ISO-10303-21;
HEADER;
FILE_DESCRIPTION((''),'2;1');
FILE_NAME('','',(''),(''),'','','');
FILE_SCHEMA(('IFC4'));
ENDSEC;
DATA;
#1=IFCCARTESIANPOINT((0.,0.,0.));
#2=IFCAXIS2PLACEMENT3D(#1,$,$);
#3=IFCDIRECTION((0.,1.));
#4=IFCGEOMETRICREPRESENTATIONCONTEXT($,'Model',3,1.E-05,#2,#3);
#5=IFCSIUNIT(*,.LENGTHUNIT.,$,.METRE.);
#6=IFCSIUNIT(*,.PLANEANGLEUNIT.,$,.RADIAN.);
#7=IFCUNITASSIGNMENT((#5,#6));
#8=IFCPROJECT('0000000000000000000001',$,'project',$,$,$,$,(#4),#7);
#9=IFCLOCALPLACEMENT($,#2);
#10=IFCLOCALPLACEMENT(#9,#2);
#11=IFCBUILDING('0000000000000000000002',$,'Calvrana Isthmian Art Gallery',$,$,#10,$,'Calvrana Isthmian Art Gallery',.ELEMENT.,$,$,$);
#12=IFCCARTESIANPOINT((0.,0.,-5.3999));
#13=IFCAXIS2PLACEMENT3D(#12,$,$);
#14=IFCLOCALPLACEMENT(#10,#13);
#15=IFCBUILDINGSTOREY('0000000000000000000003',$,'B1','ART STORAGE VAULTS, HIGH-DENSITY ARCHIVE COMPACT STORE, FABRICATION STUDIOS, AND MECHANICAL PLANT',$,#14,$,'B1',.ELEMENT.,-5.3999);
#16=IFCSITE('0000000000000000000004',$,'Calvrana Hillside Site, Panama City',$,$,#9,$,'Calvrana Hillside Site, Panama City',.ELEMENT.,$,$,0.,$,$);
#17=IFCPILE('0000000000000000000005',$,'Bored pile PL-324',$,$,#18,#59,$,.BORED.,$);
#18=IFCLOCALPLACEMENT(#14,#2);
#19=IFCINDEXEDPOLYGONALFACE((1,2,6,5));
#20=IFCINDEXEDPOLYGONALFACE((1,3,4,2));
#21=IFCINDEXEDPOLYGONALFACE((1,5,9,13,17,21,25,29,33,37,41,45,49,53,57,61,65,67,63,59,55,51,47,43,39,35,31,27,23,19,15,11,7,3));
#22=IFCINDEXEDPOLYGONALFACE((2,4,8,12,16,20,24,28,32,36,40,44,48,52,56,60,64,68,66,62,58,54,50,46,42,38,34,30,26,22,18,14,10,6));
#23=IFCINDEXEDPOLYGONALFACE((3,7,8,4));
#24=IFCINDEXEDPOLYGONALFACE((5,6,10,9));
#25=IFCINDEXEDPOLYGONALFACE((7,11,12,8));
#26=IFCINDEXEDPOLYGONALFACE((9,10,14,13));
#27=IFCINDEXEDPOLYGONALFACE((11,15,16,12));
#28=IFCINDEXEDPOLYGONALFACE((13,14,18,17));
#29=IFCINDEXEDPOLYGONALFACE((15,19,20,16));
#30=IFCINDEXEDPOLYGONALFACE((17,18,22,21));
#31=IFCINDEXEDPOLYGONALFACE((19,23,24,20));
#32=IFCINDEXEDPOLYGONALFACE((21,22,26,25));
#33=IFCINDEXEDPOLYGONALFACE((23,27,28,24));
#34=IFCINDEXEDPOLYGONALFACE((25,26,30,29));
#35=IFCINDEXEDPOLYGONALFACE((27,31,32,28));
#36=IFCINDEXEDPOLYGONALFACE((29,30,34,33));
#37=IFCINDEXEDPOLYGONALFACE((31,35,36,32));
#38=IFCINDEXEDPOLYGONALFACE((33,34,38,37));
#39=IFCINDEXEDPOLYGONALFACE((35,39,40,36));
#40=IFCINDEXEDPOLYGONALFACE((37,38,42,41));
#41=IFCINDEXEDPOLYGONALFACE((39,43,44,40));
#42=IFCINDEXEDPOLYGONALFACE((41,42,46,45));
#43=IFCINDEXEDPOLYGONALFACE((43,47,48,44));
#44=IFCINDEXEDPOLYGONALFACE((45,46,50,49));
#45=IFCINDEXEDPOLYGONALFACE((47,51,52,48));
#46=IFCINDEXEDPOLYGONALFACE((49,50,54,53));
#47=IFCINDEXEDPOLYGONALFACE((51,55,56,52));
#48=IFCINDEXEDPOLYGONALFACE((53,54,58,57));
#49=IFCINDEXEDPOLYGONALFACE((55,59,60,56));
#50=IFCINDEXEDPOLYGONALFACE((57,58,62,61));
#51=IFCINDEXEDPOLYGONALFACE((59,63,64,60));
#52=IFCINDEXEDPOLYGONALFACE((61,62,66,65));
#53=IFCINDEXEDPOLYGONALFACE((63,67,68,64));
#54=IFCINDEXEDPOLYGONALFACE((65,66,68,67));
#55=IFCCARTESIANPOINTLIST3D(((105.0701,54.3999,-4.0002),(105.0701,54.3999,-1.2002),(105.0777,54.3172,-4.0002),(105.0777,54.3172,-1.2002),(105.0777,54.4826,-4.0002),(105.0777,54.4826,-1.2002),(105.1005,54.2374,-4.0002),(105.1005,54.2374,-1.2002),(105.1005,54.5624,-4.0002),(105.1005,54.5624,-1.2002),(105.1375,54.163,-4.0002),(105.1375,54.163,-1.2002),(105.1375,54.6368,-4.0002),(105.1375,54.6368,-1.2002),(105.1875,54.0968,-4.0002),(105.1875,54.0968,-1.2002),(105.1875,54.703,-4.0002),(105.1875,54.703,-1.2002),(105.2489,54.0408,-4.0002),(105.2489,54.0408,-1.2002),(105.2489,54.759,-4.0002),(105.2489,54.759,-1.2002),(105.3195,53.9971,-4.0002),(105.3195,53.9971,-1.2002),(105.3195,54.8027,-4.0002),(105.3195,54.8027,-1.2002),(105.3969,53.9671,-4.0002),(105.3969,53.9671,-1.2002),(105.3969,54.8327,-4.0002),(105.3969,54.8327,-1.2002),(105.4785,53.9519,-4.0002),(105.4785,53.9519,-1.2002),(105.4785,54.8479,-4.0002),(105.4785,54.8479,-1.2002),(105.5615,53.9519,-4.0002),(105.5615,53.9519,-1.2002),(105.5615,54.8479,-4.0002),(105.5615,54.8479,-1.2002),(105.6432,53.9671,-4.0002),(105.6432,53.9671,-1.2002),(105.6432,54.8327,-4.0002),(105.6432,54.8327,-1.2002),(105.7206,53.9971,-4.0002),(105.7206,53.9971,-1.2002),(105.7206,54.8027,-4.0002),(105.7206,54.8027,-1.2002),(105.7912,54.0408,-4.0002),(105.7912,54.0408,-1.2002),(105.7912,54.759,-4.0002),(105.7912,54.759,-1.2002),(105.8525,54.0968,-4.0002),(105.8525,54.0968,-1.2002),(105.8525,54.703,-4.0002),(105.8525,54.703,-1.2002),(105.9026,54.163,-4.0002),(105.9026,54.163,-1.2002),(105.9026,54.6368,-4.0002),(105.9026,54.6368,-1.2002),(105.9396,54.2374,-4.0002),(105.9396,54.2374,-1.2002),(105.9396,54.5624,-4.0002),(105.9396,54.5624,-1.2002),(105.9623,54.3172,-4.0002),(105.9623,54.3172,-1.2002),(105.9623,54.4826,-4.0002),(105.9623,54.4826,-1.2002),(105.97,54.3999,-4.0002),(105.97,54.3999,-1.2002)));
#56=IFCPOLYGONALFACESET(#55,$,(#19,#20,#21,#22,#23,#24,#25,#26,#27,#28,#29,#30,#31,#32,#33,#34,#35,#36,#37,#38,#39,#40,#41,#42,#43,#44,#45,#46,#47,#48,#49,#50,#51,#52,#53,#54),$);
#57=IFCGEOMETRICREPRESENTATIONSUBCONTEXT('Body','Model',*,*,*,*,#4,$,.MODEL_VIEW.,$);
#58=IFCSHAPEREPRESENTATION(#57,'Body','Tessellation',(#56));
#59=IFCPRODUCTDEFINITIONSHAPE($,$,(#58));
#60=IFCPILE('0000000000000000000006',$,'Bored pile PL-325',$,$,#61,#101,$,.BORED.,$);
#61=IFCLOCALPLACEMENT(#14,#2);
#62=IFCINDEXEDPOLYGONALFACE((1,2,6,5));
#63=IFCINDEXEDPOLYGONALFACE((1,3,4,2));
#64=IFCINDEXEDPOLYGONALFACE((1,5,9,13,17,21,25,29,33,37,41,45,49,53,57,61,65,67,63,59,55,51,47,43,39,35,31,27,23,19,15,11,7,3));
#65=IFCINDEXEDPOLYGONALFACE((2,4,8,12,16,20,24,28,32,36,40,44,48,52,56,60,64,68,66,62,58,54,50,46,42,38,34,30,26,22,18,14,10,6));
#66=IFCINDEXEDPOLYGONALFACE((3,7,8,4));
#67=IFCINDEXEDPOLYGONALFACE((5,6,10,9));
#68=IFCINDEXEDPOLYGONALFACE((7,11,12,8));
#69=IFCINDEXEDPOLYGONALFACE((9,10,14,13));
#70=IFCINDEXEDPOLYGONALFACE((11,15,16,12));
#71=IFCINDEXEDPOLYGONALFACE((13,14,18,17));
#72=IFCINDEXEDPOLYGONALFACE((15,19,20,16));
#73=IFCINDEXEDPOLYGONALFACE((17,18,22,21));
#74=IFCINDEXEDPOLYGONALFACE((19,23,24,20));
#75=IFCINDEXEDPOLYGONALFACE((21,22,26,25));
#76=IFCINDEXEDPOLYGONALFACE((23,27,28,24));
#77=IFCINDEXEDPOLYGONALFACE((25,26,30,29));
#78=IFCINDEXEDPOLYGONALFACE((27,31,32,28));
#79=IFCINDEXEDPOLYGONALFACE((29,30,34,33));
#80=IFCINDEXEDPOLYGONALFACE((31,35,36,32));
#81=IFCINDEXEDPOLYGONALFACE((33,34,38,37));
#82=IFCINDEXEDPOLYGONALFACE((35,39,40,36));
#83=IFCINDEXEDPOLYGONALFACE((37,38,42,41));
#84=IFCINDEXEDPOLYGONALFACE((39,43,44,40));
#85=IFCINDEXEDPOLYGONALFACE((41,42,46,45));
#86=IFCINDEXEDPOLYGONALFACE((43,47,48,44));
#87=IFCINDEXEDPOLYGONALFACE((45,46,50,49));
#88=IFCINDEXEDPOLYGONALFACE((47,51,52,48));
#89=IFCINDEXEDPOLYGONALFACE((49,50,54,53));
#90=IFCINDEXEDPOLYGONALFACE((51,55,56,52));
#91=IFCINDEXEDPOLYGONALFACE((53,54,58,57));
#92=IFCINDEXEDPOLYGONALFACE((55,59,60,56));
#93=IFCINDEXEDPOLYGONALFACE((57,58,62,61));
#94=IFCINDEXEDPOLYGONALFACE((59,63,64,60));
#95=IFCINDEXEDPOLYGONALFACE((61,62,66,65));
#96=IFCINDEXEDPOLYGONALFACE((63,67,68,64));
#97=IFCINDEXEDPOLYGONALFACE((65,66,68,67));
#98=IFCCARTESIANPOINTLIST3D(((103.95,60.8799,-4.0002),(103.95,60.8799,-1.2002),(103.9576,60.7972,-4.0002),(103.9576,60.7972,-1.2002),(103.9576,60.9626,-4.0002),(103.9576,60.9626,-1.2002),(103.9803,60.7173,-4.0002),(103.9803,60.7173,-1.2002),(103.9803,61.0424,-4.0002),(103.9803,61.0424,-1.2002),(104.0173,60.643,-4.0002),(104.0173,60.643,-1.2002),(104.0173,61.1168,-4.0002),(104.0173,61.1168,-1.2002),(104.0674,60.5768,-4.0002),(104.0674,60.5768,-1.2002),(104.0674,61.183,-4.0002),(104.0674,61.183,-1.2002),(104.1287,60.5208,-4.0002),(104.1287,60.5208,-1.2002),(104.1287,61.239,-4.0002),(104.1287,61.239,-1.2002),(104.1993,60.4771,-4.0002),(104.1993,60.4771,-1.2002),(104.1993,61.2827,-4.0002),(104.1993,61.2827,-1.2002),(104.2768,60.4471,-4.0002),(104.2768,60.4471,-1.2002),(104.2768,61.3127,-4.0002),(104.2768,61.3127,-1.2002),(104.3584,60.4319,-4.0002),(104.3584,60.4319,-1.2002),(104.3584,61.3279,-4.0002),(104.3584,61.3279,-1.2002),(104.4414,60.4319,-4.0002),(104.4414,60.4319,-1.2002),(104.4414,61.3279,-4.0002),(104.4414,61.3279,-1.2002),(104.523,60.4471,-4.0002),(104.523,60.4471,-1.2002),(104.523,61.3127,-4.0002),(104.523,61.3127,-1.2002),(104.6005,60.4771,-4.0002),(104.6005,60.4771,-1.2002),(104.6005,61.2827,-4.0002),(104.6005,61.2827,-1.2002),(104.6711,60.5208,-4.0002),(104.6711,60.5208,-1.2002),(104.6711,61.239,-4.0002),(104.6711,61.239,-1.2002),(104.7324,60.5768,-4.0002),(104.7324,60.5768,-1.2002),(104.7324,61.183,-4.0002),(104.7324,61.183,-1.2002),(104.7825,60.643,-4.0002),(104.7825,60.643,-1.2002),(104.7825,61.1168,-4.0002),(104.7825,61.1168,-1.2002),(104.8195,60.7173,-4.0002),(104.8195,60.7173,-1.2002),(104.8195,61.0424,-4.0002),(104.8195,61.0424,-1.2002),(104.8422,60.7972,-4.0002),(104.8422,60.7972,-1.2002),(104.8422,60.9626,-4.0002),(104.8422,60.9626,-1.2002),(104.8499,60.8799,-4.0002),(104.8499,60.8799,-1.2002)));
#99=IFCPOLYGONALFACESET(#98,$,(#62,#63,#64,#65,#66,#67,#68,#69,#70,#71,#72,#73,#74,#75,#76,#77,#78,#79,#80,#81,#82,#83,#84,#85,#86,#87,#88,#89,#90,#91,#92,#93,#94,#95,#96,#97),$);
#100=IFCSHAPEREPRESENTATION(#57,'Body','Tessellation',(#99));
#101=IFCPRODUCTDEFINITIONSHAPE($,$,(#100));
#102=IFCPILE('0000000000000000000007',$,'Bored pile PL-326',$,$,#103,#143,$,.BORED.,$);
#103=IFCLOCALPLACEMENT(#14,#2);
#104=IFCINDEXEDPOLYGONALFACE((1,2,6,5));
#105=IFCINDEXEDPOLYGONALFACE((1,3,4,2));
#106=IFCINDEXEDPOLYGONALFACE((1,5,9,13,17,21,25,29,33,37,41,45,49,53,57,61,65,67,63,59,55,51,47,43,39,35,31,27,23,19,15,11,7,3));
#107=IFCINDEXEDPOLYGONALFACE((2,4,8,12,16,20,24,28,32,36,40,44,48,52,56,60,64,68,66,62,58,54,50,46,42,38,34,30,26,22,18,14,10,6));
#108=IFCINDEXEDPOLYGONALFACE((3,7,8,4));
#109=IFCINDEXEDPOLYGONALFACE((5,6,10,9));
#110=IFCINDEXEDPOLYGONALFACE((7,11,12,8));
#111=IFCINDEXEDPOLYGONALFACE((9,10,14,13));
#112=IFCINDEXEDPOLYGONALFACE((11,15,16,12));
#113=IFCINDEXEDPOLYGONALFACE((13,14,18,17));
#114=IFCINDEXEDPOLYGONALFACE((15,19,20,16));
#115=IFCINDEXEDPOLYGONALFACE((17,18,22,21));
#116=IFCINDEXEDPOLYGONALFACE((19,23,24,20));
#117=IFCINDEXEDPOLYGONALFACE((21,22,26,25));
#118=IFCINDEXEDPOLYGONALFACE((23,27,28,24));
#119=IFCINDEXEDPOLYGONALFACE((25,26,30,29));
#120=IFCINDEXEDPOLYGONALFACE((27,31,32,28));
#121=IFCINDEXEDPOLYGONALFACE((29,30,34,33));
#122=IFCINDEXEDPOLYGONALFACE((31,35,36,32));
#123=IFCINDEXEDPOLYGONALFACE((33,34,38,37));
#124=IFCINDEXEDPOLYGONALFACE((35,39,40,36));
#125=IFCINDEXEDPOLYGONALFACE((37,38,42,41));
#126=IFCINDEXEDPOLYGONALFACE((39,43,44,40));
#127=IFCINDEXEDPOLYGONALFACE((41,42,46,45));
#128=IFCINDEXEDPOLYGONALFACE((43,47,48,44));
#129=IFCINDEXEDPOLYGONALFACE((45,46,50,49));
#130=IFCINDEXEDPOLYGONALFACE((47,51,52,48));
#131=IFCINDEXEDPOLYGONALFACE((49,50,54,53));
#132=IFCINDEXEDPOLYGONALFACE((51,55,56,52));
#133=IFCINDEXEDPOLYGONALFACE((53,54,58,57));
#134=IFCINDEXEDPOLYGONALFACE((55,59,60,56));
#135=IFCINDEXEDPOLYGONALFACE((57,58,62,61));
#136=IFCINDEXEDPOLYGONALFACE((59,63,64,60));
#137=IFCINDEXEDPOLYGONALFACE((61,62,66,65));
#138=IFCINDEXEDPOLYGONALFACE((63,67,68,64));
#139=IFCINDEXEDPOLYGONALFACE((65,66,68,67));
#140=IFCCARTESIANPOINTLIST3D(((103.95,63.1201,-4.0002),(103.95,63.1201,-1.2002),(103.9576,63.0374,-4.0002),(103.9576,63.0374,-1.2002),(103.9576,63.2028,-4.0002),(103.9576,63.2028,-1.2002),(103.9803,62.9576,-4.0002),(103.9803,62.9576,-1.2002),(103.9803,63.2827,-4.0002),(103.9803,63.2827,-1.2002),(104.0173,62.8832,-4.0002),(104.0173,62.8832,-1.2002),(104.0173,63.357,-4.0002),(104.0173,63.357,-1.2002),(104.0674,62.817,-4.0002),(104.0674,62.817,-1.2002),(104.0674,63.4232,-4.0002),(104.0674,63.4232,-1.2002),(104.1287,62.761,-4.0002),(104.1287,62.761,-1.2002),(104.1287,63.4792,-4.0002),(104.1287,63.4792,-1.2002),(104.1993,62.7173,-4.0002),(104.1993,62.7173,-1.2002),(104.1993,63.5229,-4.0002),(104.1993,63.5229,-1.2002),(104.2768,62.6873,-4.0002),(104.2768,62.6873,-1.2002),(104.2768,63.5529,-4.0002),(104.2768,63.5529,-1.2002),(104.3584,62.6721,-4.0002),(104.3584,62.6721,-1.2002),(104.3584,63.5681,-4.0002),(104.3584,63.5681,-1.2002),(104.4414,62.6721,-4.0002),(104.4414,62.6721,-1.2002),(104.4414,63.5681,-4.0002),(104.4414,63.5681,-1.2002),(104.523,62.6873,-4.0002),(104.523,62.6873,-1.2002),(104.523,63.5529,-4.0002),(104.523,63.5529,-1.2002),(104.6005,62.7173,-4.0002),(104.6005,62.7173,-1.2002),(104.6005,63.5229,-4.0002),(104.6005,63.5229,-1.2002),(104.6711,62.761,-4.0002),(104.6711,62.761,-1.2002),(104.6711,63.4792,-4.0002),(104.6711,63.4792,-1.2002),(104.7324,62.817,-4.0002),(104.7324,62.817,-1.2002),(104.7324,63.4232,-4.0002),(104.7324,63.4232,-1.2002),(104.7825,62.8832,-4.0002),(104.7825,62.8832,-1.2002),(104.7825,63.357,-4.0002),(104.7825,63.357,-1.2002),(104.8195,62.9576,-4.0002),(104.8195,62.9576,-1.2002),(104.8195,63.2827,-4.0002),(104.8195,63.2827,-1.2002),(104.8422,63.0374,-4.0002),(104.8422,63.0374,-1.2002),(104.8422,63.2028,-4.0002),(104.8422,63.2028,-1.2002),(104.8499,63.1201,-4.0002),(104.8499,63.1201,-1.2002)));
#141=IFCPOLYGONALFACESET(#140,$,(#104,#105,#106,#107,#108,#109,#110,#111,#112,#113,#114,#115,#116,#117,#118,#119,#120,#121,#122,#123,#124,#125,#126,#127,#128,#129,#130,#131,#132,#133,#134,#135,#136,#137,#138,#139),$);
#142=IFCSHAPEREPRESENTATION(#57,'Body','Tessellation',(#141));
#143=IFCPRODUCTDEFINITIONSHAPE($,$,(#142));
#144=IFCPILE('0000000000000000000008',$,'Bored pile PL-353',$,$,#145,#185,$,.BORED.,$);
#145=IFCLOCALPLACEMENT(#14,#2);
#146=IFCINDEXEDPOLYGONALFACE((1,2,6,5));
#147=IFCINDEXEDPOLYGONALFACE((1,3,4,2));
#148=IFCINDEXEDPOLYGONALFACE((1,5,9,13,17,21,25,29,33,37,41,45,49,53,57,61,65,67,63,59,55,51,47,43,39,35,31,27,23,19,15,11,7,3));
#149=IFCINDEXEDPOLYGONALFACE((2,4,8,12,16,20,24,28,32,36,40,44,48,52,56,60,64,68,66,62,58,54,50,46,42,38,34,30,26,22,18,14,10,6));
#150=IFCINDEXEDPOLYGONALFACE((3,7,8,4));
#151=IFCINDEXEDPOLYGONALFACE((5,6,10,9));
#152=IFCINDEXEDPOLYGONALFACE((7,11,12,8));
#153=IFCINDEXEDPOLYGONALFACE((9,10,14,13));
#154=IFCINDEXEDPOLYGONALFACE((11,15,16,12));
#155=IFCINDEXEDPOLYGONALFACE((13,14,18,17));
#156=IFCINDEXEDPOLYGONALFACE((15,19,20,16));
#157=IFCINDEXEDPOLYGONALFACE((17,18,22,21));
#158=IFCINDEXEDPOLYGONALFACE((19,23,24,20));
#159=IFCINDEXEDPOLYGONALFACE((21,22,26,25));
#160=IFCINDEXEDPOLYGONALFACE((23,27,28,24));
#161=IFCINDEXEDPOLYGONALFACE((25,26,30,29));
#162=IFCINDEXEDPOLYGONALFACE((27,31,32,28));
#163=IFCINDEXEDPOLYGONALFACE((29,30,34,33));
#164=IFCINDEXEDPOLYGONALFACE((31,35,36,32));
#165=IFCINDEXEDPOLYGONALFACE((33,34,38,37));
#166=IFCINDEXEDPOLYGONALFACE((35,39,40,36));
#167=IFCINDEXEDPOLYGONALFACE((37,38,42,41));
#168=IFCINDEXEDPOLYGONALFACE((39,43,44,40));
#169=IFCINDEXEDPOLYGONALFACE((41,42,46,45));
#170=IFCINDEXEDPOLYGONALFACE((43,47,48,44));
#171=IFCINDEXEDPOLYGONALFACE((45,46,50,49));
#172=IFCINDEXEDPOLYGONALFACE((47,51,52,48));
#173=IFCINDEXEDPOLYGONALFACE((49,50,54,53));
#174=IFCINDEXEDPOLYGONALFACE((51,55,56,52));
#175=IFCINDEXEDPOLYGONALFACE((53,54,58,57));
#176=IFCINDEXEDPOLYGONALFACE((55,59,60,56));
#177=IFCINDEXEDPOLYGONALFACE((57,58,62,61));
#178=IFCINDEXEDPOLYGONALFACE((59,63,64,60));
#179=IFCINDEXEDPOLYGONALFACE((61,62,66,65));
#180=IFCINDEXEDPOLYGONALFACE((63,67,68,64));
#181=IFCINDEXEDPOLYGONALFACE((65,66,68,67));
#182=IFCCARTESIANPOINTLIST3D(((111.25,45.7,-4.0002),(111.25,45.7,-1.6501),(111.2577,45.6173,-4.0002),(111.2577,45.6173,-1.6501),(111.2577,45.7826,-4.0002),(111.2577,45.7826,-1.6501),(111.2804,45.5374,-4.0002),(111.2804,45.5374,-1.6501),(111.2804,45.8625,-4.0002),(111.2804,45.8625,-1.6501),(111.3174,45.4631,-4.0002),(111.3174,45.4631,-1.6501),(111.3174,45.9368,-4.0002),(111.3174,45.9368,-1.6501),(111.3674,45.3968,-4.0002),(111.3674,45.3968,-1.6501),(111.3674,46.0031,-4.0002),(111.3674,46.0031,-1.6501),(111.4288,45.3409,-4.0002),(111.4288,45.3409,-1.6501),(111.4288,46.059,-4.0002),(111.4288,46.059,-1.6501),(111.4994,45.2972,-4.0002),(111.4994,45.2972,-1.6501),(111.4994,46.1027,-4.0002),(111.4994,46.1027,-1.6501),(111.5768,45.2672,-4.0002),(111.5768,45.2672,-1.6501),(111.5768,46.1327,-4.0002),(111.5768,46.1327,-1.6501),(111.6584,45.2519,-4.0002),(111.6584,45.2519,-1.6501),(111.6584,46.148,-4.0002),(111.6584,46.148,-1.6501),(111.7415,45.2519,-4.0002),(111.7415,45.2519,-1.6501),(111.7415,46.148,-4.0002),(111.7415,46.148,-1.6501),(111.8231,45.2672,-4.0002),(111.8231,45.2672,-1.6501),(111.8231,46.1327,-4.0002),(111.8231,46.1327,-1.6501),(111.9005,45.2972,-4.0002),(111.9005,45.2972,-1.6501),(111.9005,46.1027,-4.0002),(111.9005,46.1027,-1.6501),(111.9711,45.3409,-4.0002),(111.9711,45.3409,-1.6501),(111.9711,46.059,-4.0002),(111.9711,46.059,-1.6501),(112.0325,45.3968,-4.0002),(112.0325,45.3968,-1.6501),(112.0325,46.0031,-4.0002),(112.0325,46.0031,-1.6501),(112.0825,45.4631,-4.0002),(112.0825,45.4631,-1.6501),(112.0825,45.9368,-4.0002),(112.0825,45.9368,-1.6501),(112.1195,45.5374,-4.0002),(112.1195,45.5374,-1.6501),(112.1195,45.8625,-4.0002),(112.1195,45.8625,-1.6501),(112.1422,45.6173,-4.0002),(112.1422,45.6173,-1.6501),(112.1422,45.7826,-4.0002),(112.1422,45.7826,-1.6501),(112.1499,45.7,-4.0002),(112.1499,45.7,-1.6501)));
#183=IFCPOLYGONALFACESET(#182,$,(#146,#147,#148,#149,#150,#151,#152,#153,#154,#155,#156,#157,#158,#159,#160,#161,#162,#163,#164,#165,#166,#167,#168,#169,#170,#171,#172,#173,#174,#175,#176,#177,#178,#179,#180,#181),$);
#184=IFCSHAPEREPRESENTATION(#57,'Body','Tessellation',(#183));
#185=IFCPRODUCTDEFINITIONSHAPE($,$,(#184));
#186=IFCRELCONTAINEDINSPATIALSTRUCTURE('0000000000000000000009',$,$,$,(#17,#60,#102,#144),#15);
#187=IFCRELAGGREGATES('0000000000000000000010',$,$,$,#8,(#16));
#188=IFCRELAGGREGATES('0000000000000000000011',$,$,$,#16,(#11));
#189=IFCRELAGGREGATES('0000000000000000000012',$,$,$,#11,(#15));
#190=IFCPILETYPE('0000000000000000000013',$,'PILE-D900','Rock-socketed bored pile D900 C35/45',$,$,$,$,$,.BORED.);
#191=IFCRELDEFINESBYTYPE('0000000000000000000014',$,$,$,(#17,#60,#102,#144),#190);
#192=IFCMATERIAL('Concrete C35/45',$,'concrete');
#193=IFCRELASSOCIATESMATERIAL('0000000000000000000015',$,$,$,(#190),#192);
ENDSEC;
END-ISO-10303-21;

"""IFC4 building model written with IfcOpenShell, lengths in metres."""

from ifc_helpers import new_model, si_unit, direction, frame, origin, origin_2d, place, context, subcontext, project, spatial, circle, extrude, material, material_profile, profile_set, type_object, element, save


model = new_model("IFC4")

# Units and contexts
model_context = context("Model", 3, precision=1e-05, world=origin(), true_north=direction((0.0, 1.0)))
body_context = subcontext(model_context, "Body", "Model", "MODEL_VIEW")
ifc_project = project(units=[si_unit("LENGTHUNIT", "METRE"), si_unit("PLANEANGLEUNIT", "RADIAN")], contexts=[model_context])

# Site, building, storey
site_placement = place(None, origin())
site = spatial("IfcSite", under=ifc_project, at=site_placement, Name="Calvrana Hillside Site, Panama City", LongName="Calvrana Hillside Site, Panama City", CompositionType="ELEMENT", RefElevation=0.0)
building_placement = place(site_placement, origin())
building = spatial("IfcBuilding", under=site, at=building_placement, Name="Calvrana Isthmian Art Gallery", LongName="Calvrana Isthmian Art Gallery", CompositionType="ELEMENT")
storey_placement = place(building_placement, frame((0.0, 0.0, -5.3999)))
storey = spatial("IfcBuildingStorey", under=building, at=storey_placement, Name="B1", Description="ART STORAGE VAULTS, HIGH-DENSITY ARCHIVE COMPACT STORE, FABRICATION STUDIOS, AND MECHANICAL PLANT", LongName="B1", CompositionType="ELEMENT", Elevation=-5.3999)

# Shared definitions
ifc_material_1 = material(Name="Concrete C35/45", Category="concrete")

# Piles
ifc_material_profile_1 = material_profile(ifc_material_1, circle(Radius=0.45, at=origin_2d()), Name="PILE900D")
ifc_profile_set_1 = profile_set([ifc_material_profile_1], Name="Concrete C35/45")
pile_type_1 = type_object("IfcPileType", Name="PILE-D900", Description="Rock-socketed bored pile D900 C35/45", PredefinedType="BORED", material=ifc_profile_set_1)
for number, where, z_axis, x_axis, name in (
    (1, (105.52, 54.3999, -1.2002), (0.0, 0.0, -1.0), (1.0, 0.0, 0.0), "Bored pile PL-324"),
    (2, (104.3999, 60.8799, -1.2002), (0.0, 0.0, -1.0), (1.0, 0.0, 0.0), "Bored pile PL-325"),
    (3, (104.3999, 63.1201, -1.2002), (0.0, 0.0, -1.0), (1.0, 0.0, 0.0), "Bored pile PL-326"),
):
    element("IfcPile", number, at=place(storey_placement, frame(where, z_axis=z_axis, x_axis=x_axis)), inside=storey, type_object=pile_type_1, Name=name, PredefinedType="BORED", context=body_context, shape_type="SweptSolid", body=[
        extrude(circle(Radius=0.45, at=origin_2d()), origin(), (0.0, 0.0, 1.0), 2.8),
    ])
for number, where, z_axis, x_axis, name in (
    (4, (111.7, 45.7, -1.6501), (0.0, 0.0, -1.0), (1.0, 0.0, 0.0), "Bored pile PL-353"),
):
    element("IfcPile", number, at=place(storey_placement, frame(where, z_axis=z_axis, x_axis=x_axis)), inside=storey, type_object=pile_type_1, Name=name, PredefinedType="BORED", context=body_context, shape_type="SweptSolid", body=[
        extrude(circle(Radius=0.45, at=origin_2d()), origin(), (0.0, 0.0, 1.0), 2.3501),
    ])

save(model, "model.ifc")
